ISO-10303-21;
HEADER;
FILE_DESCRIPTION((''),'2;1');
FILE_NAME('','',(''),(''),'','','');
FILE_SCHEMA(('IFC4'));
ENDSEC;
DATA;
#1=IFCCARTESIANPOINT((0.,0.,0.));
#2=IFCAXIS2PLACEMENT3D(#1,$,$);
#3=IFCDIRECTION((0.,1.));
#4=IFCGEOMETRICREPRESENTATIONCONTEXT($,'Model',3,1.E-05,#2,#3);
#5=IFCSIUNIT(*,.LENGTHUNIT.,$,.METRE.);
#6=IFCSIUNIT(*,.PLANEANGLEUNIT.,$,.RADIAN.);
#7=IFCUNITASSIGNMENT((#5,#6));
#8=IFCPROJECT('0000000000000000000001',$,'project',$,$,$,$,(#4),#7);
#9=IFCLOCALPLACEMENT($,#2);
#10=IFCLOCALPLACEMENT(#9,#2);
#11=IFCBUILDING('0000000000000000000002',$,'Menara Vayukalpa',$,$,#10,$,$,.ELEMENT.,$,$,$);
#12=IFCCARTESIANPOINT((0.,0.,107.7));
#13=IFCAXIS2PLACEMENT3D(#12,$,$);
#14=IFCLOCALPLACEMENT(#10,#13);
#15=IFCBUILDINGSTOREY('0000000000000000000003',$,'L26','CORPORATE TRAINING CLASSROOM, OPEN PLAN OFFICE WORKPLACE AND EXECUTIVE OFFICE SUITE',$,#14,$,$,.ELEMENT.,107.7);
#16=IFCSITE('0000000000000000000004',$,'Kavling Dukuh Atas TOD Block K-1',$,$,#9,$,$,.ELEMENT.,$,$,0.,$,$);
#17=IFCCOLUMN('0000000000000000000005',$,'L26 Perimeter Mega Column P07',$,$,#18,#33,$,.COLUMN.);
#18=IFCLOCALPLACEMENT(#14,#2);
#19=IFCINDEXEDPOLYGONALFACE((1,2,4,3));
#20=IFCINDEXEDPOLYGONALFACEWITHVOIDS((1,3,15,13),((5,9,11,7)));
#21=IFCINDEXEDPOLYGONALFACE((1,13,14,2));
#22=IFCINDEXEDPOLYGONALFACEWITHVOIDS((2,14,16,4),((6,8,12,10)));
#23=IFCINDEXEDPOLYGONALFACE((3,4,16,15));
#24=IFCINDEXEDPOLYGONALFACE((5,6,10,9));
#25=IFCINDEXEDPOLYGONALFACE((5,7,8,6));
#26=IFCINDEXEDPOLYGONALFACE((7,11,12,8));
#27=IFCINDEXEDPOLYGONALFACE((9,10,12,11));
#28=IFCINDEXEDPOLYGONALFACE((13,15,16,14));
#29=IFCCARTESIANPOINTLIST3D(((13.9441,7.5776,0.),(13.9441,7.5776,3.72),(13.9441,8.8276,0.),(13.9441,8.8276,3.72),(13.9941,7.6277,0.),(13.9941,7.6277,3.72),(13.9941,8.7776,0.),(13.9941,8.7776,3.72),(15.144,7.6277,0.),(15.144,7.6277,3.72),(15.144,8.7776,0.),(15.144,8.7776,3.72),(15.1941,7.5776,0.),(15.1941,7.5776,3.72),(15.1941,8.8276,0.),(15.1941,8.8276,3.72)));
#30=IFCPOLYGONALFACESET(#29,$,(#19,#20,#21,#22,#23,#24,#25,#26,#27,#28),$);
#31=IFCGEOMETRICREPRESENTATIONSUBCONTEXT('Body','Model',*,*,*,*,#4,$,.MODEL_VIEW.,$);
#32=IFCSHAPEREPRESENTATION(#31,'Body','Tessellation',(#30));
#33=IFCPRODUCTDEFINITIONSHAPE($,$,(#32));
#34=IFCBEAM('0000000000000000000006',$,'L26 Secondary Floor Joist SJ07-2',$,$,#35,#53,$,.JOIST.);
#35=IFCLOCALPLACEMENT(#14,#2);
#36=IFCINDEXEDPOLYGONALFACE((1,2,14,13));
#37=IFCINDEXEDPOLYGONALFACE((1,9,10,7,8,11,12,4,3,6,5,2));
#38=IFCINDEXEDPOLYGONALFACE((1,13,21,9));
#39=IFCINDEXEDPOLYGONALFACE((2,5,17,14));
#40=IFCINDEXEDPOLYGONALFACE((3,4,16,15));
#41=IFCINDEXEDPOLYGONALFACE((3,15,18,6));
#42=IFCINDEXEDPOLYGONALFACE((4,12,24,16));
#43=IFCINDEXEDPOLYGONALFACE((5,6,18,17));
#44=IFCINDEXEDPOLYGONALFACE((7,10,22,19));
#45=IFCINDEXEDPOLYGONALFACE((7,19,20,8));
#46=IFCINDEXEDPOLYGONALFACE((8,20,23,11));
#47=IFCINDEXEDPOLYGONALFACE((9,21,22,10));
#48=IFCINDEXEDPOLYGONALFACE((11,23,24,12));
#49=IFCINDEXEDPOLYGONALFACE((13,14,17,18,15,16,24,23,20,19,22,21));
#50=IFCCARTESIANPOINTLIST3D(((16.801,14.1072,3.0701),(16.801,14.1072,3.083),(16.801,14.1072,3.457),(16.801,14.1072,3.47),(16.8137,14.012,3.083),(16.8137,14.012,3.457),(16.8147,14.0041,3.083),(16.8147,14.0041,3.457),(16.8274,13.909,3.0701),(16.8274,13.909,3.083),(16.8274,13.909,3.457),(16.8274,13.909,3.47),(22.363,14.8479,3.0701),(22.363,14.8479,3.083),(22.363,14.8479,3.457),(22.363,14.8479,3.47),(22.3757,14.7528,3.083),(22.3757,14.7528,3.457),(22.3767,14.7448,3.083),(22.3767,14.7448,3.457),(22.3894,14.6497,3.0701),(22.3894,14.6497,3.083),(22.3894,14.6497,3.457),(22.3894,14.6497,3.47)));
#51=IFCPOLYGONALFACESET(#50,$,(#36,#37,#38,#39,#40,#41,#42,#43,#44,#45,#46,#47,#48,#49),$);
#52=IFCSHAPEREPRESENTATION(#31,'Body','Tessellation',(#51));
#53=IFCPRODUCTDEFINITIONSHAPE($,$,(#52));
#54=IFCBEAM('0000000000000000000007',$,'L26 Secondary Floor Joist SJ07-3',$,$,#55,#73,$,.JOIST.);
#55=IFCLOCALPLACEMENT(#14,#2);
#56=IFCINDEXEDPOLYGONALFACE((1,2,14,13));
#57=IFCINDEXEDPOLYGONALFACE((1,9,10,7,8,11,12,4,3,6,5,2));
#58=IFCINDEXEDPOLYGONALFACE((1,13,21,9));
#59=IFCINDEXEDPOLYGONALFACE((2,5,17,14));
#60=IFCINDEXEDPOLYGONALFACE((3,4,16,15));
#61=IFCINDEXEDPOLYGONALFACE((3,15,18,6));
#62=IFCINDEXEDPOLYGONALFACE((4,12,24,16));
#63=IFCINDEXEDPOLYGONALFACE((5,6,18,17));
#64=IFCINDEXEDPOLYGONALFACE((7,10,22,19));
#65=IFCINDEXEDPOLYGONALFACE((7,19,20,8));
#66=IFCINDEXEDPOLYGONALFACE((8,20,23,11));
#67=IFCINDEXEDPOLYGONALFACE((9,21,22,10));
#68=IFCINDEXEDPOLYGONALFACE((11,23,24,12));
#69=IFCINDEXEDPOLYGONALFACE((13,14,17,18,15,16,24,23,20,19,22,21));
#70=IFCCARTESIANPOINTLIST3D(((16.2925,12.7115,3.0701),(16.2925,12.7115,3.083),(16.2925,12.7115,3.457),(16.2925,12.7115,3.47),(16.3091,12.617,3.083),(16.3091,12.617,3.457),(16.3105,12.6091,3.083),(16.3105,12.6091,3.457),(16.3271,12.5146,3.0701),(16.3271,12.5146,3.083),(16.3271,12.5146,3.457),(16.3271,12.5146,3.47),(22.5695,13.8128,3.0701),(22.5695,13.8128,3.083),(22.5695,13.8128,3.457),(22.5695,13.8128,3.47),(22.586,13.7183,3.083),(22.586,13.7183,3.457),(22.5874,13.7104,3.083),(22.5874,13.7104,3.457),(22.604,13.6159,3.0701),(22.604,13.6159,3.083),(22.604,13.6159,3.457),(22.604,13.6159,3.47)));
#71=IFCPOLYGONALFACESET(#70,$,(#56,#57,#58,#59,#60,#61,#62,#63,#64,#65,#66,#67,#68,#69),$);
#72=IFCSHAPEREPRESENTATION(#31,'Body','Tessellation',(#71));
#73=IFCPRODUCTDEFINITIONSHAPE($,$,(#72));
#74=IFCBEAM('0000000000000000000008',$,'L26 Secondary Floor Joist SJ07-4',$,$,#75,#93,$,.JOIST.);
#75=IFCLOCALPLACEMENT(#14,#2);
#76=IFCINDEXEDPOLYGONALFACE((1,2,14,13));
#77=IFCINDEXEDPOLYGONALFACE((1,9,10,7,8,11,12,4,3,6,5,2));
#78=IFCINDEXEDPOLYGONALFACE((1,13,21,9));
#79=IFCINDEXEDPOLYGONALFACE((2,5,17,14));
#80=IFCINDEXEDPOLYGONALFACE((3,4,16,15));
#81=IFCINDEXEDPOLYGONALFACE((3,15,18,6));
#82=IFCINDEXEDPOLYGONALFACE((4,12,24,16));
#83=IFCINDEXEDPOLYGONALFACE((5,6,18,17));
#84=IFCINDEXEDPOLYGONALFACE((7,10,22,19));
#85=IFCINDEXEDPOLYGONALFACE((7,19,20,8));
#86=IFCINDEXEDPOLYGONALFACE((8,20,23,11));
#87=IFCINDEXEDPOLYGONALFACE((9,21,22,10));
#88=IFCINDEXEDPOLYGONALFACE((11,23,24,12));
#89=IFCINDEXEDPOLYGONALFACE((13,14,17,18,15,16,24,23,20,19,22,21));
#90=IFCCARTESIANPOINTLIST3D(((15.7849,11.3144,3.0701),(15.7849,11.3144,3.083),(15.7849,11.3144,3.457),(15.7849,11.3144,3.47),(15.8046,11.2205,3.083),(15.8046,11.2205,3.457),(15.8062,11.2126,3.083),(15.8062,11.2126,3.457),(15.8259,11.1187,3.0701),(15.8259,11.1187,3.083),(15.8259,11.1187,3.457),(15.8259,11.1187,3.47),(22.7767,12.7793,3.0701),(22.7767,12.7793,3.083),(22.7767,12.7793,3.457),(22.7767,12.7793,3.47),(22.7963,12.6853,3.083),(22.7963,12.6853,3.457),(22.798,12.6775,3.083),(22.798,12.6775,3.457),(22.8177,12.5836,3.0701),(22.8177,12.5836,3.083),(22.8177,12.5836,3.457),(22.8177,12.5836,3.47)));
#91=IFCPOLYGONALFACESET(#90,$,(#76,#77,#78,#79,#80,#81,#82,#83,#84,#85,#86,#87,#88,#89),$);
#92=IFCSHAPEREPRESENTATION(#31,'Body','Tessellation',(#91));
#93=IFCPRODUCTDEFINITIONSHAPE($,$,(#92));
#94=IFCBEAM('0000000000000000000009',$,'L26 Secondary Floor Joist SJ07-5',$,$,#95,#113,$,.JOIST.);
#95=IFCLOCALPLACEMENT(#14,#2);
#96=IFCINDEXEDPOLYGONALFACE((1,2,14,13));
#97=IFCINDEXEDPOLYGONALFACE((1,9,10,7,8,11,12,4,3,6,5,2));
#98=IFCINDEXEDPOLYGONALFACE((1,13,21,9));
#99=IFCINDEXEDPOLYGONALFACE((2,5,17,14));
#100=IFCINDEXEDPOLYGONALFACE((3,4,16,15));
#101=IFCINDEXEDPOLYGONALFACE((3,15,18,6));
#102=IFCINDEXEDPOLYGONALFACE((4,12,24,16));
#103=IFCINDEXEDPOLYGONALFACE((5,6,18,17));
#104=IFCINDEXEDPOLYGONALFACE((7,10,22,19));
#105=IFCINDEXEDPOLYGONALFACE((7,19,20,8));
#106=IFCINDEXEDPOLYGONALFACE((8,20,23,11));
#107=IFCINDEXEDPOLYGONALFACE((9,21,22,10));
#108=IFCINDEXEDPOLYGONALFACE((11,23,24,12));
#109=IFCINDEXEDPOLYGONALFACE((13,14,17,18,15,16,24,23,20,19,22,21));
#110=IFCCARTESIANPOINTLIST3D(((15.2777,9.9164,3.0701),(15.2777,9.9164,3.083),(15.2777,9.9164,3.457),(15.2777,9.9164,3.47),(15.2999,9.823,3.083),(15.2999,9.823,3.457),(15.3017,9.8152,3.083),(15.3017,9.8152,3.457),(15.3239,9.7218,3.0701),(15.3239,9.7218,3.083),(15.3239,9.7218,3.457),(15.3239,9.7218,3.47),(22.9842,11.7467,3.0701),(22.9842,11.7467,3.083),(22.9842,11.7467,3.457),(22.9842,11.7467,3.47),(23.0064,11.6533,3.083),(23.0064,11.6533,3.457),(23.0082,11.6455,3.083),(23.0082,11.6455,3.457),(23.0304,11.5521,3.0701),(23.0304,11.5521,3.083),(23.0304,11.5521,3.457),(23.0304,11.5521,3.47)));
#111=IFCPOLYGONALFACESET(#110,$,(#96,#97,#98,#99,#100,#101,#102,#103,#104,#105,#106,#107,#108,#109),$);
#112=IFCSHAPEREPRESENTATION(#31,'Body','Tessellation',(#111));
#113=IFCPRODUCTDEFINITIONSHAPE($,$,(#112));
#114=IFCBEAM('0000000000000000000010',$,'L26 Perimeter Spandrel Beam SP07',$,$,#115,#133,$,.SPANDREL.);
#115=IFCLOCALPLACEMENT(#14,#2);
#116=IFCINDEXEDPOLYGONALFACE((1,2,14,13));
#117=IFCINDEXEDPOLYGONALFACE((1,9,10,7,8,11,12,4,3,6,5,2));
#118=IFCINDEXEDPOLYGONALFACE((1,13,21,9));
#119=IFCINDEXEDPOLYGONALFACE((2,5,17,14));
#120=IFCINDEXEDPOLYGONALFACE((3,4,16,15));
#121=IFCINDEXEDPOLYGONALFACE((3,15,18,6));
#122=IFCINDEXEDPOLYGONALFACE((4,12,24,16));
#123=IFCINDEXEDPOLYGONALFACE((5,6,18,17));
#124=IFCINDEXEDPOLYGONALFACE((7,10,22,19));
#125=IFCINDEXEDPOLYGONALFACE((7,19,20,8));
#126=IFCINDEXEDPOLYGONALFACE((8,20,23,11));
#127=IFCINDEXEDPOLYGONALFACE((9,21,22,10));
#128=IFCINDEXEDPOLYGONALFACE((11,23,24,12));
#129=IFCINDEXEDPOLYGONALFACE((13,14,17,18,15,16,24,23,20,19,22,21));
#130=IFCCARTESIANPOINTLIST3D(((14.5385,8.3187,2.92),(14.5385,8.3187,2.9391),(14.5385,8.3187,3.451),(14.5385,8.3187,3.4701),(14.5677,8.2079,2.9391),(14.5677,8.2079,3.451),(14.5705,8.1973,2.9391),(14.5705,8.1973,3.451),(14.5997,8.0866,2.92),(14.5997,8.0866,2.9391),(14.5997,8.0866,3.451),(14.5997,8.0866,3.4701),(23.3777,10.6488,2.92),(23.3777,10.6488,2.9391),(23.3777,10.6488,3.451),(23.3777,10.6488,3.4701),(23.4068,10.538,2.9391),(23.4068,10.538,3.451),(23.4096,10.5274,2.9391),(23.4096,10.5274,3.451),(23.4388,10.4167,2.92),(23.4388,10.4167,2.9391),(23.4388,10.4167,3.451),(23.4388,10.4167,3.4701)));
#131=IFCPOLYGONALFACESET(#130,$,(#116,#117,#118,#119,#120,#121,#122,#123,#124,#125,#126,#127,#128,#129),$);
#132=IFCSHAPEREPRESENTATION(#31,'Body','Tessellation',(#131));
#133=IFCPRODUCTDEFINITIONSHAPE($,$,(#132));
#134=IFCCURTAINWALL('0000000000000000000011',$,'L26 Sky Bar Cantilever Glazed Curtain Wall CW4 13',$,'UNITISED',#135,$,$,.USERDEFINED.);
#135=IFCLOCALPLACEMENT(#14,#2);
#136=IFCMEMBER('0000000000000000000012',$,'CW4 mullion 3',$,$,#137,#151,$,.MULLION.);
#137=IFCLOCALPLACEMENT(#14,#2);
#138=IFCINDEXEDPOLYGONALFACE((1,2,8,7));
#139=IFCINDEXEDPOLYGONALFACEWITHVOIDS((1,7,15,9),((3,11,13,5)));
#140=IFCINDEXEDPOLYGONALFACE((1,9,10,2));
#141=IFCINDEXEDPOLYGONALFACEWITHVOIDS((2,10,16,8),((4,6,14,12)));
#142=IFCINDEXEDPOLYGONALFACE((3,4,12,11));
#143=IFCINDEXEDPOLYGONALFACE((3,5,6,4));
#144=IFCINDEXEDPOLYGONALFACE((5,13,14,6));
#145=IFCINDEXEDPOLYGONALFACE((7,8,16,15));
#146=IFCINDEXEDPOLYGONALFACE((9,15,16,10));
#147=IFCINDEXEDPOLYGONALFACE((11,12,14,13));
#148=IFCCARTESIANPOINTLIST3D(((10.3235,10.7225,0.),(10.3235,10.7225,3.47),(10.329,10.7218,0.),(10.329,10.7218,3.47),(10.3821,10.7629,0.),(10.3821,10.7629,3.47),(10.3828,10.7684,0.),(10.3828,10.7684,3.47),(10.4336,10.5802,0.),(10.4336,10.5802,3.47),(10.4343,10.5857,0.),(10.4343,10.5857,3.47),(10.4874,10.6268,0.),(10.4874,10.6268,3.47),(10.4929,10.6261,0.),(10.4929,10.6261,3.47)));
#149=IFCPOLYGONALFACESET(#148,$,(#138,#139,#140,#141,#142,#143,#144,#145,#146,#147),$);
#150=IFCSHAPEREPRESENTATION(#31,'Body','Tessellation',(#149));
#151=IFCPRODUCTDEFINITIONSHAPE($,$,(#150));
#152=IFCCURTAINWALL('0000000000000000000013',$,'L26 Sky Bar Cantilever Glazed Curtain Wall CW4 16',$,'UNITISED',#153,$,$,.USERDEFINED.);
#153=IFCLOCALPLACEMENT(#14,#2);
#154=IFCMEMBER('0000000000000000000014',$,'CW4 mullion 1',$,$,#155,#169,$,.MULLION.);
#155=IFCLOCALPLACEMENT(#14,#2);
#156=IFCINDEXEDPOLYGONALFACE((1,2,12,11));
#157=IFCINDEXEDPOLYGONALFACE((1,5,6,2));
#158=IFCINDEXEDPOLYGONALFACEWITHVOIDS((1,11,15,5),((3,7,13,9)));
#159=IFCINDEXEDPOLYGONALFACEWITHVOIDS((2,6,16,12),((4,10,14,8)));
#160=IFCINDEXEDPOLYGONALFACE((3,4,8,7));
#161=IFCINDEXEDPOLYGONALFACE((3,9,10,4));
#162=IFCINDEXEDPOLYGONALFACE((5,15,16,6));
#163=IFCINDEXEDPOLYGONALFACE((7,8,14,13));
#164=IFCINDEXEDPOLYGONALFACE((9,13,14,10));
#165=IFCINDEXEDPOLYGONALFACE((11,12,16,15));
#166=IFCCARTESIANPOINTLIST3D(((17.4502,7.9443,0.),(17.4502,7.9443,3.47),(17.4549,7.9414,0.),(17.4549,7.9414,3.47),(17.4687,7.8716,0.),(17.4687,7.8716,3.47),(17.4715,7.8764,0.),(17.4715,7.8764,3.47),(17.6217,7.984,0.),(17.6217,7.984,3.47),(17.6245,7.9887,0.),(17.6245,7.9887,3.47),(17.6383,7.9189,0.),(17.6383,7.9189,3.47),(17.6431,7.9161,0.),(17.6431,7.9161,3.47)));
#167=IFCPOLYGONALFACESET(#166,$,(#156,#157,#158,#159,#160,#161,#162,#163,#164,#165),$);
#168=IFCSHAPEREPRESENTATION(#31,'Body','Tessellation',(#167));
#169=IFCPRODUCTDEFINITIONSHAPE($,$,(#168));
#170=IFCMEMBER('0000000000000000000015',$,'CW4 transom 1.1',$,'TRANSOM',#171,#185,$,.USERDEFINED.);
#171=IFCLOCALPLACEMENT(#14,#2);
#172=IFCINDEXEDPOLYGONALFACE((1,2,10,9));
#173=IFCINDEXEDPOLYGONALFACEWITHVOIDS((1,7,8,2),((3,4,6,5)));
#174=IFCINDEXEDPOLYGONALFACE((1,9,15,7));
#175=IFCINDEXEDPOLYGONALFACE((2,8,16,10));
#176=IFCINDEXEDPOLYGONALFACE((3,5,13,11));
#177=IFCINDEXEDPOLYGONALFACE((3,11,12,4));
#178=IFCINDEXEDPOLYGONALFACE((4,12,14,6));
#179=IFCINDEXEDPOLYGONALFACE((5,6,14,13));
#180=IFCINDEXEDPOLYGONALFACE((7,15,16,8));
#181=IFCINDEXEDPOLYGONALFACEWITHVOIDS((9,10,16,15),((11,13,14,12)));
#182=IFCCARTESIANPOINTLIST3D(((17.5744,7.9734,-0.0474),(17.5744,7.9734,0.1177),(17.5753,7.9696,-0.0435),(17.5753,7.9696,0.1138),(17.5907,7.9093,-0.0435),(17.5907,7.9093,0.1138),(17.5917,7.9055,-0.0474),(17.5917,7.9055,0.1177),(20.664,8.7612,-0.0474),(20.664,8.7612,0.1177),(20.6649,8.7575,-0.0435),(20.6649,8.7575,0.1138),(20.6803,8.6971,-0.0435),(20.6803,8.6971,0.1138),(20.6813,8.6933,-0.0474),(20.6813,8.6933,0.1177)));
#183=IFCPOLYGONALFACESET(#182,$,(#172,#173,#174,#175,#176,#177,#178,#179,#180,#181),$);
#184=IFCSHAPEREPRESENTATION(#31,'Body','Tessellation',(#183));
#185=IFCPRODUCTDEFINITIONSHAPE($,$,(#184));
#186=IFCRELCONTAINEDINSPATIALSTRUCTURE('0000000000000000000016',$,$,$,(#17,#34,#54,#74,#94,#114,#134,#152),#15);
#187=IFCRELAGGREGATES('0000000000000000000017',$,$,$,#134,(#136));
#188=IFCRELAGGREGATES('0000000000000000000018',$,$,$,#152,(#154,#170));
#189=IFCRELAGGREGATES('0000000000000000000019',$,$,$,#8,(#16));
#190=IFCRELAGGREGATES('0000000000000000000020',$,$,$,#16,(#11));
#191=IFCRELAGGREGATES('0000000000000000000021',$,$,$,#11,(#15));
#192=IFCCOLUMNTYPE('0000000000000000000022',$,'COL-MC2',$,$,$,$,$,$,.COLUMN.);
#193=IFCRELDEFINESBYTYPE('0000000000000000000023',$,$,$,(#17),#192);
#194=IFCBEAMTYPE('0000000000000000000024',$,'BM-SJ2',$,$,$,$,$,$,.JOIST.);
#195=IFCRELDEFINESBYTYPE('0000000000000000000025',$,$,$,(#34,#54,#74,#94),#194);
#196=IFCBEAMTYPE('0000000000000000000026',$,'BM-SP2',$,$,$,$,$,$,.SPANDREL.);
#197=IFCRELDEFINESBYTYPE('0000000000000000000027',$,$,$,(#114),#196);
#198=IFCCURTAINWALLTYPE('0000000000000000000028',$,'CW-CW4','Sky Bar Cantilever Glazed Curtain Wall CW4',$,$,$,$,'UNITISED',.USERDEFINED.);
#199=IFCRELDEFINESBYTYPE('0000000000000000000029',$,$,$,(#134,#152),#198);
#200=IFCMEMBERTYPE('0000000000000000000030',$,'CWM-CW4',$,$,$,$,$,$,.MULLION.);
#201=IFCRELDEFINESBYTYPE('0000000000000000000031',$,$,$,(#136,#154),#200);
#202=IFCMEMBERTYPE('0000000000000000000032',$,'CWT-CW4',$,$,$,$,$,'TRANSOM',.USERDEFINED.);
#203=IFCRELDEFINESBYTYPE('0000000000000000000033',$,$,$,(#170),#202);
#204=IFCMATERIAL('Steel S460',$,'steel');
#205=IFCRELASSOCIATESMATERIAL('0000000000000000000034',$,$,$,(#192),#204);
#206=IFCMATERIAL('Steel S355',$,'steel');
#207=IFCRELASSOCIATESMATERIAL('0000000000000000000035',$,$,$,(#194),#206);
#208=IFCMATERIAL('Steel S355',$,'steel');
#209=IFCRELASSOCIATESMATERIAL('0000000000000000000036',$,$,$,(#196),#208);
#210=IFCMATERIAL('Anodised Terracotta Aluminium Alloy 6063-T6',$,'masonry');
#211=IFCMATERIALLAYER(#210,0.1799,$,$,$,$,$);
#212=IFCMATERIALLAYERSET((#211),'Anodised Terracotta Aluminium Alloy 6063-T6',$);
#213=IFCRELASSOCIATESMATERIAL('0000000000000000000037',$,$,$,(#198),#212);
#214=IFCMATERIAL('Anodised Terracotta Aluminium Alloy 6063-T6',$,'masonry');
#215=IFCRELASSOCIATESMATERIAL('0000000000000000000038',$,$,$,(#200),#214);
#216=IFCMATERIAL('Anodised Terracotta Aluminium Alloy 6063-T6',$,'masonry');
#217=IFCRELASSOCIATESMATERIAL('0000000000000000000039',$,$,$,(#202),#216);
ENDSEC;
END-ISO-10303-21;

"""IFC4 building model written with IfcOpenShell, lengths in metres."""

from ifc_helpers import new_model, si_unit, direction, frame, origin, origin_2d, place, context, subcontext, project, spatial, hollow_rectangle, i_section, extrude, material, layer, layer_set, material_profile, profile_set, type_object, element, aggregate, save


model = new_model("IFC4")

# Units and contexts
model_context = context("Model", 3, precision=1e-05, world=origin(), true_north=direction((0.0, 1.0)))
body_context = subcontext(model_context, "Body", "Model", "MODEL_VIEW")
ifc_project = project(units=[si_unit("LENGTHUNIT", "METRE"), si_unit("PLANEANGLEUNIT", "RADIAN")], contexts=[model_context])

# Site, building, storey
site_placement = place(None, origin())
site = spatial("IfcSite", under=ifc_project, at=site_placement, Name="Kavling Dukuh Atas TOD Block K-1", CompositionType="ELEMENT", RefElevation=0.0)
building_placement = place(site_placement, origin())
building = spatial("IfcBuilding", under=site, at=building_placement, Name="Menara Vayukalpa", CompositionType="ELEMENT")
storey_placement = place(building_placement, frame((0.0, 0.0, 107.7)))
storey = spatial("IfcBuildingStorey", under=building, at=storey_placement, Name="L26", Description="CORPORATE TRAINING CLASSROOM, OPEN PLAN OFFICE WORKPLACE AND EXECUTIVE OFFICE SUITE", CompositionType="ELEMENT", Elevation=107.7)

# Column
ifc_material_1 = material(Name="Steel S460", Category="steel")
ifc_material_profile_1 = material_profile(ifc_material_1, hollow_rectangle(XDim=1.25, YDim=1.25, WallThickness=0.05, at=origin_2d()), Name="BOX 1250x1250x50")
ifc_profile_set_1 = profile_set([ifc_material_profile_1], Name="Steel S460")
column_type = type_object("IfcColumnType", Name="COL-MC2", PredefinedType="COLUMN", material=ifc_profile_set_1)
column_placement = place(storey_placement, frame((14.5691, 8.2026, 0.0), z_axis=(0.0, 0.0, 1.0), x_axis=(1.0, 0.0, 0.0)))
element("IfcColumn", 1, at=column_placement, inside=storey, type_object=column_type, Name="L26 Perimeter Mega Column P07", PredefinedType="COLUMN", context=body_context, shape_type="SweptSolid", body=[
    extrude(hollow_rectangle(XDim=1.25, YDim=1.25, WallThickness=0.05, at=origin_2d()), origin(), (0.0, 0.0, 1.0), 3.72),
])

# Beams
ifc_material_2 = material(Name="Steel S355", Category="steel")
ifc_material_profile_2 = material_profile(ifc_material_2, i_section(OverallWidth=0.2, OverallDepth=0.3999, WebThickness=0.0081, FlangeThickness=0.0129, at=origin_2d()), Name="WF 400x200x8x13")
ifc_profile_set_2 = profile_set([ifc_material_profile_2], Name="Steel S355")
beam_type_1 = type_object("IfcBeamType", Name="BM-SJ2", PredefinedType="JOIST", material=ifc_profile_set_2)
beam_1_placement = place(storey_placement, frame((16.8142, 14.0081, 3.27), z_axis=(0.991248, 0.13201, 0.0), x_axis=(-0.13201, 0.991248, 0.0)))
element("IfcBeam", 2, at=beam_1_placement, inside=storey, type_object=beam_type_1, Name="L26 Secondary Floor Joist SJ07-2", PredefinedType="JOIST", context=body_context, shape_type="SweptSolid", body=[
    extrude(i_section(OverallWidth=0.2, OverallDepth=0.3999, WebThickness=0.0081, FlangeThickness=0.0129, at=origin_2d()), origin(), (0.0, 0.0, 1.0), 5.6111),
])
beam_2_placement = place(storey_placement, frame((16.3098, 12.613, 3.27), z_axis=(0.984954, 0.172817, 0.0), x_axis=(-0.172817, 0.984954, 0.0)))
element("IfcBeam", 3, at=beam_2_placement, inside=storey, type_object=beam_type_1, Name="L26 Secondary Floor Joist SJ07-3", PredefinedType="JOIST", context=body_context, shape_type="SweptSolid", body=[
    extrude(i_section(OverallWidth=0.2, OverallDepth=0.3999, WebThickness=0.0081, FlangeThickness=0.0129, at=origin_2d()), origin(), (0.0, 0.0, 1.0), 6.3728),
])
beam_3_placement = place(storey_placement, frame((15.8054, 11.2166, 3.27), z_axis=(0.978749, 0.20506, 0.0), x_axis=(-0.20506, 0.978749, 0.0)))
element("IfcBeam", 4, at=beam_3_placement, inside=storey, type_object=beam_type_1, Name="L26 Secondary Floor Joist SJ07-4", PredefinedType="JOIST", context=body_context, shape_type="SweptSolid", body=[
    extrude(i_section(OverallWidth=0.2, OverallDepth=0.3999, WebThickness=0.0081, FlangeThickness=0.0129, at=origin_2d()), origin(), (0.0, 0.0, 1.0), 7.1436),
])
beam_4_placement = place(storey_placement, frame((15.3008, 9.8191, 3.27), z_axis=(0.972936, 0.231075, 0.0), x_axis=(-0.231075, 0.972936, 0.0)))
element("IfcBeam", 5, at=beam_4_placement, inside=storey, type_object=beam_type_1, Name="L26 Secondary Floor Joist SJ07-5", PredefinedType="JOIST", context=body_context, shape_type="SweptSolid", body=[
    extrude(i_section(OverallWidth=0.2, OverallDepth=0.3999, WebThickness=0.0081, FlangeThickness=0.0129, at=origin_2d()), origin(), (0.0, 0.0, 1.0), 7.9209),
])
ifc_material_3 = material(Name="Steel S355", Category="steel")
ifc_material_profile_3 = material_profile(ifc_material_3, i_section(OverallWidth=0.24, OverallDepth=0.55, WebThickness=0.011, FlangeThickness=0.019, at=origin_2d()), Name="WF 550x240x11x19")
ifc_profile_set_3 = profile_set([ifc_material_profile_3], Name="Steel S355")
beam_type_2 = type_object("IfcBeamType", Name="BM-SP2", PredefinedType="SPANDREL", material=ifc_profile_set_3)
beam_5_placement = place(storey_placement, frame((14.5691, 8.2026, 3.1951), z_axis=(0.966967, 0.254902, 0.0), x_axis=(-0.254902, 0.966967, 0.0)))
element("IfcBeam", 6, at=beam_5_placement, inside=storey, type_object=beam_type_2, Name="L26 Perimeter Spandrel Beam SP07", PredefinedType="SPANDREL", context=body_context, shape_type="SweptSolid", body=[
    extrude(i_section(OverallWidth=0.24, OverallDepth=0.55, WebThickness=0.011, FlangeThickness=0.019, at=origin_2d()), origin(), (0.0, 0.0, 1.0), 9.1411),
])

# Curtain wall, member
ifc_material_4 = material(Name="Anodised Terracotta Aluminium Alloy 6063-T6", Category="masonry")
ifc_layer_1 = layer(ifc_material_4, 0.1799)
ifc_layer_set_1 = layer_set([ifc_layer_1], Name="Anodised Terracotta Aluminium Alloy 6063-T6")
curtain_wall_type = type_object("IfcCurtainWallType", Name="CW-CW4", Description="Sky Bar Cantilever Glazed Curtain Wall CW4", ElementType="UNITISED", PredefinedType="USERDEFINED", material=ifc_layer_set_1)
curtain_wall_1_placement = place(storey_placement, origin())
curtain_wall_1 = element("IfcCurtainWall", 7, at=curtain_wall_1_placement, inside=storey, type_object=curtain_wall_type, Name="L26 Sky Bar Cantilever Glazed Curtain Wall CW4 13", ObjectType="UNITISED", PredefinedType="USERDEFINED")
ifc_material_5 = material(Name="Anodised Terracotta Aluminium Alloy 6063-T6", Category="masonry")
ifc_material_profile_4 = material_profile(ifc_material_5, hollow_rectangle(XDim=0.075, YDim=0.1799, WallThickness=0.0039, at=origin_2d()), Name="ALU 75x180x4")
ifc_profile_set_4 = profile_set([ifc_material_profile_4], Name="Anodised Terracotta Aluminium Alloy 6063-T6")
member_type_1 = type_object("IfcMemberType", Name="CWM-CW4", PredefinedType="MULLION", material=ifc_profile_set_4)
member_1_placement = place(storey_placement, frame((10.4082, 10.6743, 0.0), z_axis=(0.0, 0.0, 1.0), x_axis=(0.790712, 0.612189, 0.0)))
member_1 = element("IfcMember", 8, at=member_1_placement, type_object=member_type_1, Name="CW4 mullion 3", PredefinedType="MULLION", context=body_context, shape_type="SweptSolid", body=[
    extrude(hollow_rectangle(XDim=0.075, YDim=0.1799, WallThickness=0.0039, at=origin_2d()), origin(), (0.0, 0.0, 1.0), 3.47),
])

# Curtain wall, members
curtain_wall_2_placement = place(storey_placement, origin())
curtain_wall_2 = element("IfcCurtainWall", 9, at=curtain_wall_2_placement, inside=storey, type_object=curtain_wall_type, Name="L26 Sky Bar Cantilever Glazed Curtain Wall CW4 16", ObjectType="UNITISED", PredefinedType="USERDEFINED")
member_2_placement = place(storey_placement, frame((17.5466, 7.9302, 0.0), z_axis=(0.0, 0.0, 1.0), x_axis=(-0.247131, 0.968982, 0.0)))
member_2 = element("IfcMember", 10, at=member_2_placement, type_object=member_type_1, Name="CW4 mullion 1", PredefinedType="MULLION", context=body_context, shape_type="SweptSolid", body=[
    extrude(hollow_rectangle(XDim=0.075, YDim=0.1799, WallThickness=0.0039, at=origin_2d()), origin(), (0.0, 0.0, 1.0), 3.47),
])
ifc_material_6 = material(Name="Anodised Terracotta Aluminium Alloy 6063-T6", Category="masonry")
ifc_material_profile_5 = material_profile(ifc_material_6, hollow_rectangle(XDim=0.0701, YDim=0.165, WallThickness=0.0039, at=origin_2d()), Name="ALU 70x165x4")
ifc_profile_set_5 = profile_set([ifc_material_profile_5], Name="Anodised Terracotta Aluminium Alloy 6063-T6")
member_type_2 = type_object("IfcMemberType", Name="CWT-CW4", ElementType="TRANSOM", PredefinedType="USERDEFINED", material=ifc_profile_set_5)
member_3_placement = place(storey_placement, frame((17.583, 7.9395, 0.0352), z_axis=(0.968992, 0.247091, 0.0), x_axis=(-0.247091, 0.968992, 0.0)))
member_3 = element("IfcMember", 11, at=member_3_placement, type_object=member_type_2, Name="CW4 transom 1.1", ObjectType="TRANSOM", PredefinedType="USERDEFINED", context=body_context, shape_type="SweptSolid", body=[
    extrude(hollow_rectangle(XDim=0.0701, YDim=0.165, WallThickness=0.0039, at=origin_2d()), origin(), (0.0, 0.0, 1.0), 3.1885),
])

aggregate(curtain_wall_1, [member_1])
aggregate(curtain_wall_2, [member_2, member_3])

save(model, "model.ifc")
